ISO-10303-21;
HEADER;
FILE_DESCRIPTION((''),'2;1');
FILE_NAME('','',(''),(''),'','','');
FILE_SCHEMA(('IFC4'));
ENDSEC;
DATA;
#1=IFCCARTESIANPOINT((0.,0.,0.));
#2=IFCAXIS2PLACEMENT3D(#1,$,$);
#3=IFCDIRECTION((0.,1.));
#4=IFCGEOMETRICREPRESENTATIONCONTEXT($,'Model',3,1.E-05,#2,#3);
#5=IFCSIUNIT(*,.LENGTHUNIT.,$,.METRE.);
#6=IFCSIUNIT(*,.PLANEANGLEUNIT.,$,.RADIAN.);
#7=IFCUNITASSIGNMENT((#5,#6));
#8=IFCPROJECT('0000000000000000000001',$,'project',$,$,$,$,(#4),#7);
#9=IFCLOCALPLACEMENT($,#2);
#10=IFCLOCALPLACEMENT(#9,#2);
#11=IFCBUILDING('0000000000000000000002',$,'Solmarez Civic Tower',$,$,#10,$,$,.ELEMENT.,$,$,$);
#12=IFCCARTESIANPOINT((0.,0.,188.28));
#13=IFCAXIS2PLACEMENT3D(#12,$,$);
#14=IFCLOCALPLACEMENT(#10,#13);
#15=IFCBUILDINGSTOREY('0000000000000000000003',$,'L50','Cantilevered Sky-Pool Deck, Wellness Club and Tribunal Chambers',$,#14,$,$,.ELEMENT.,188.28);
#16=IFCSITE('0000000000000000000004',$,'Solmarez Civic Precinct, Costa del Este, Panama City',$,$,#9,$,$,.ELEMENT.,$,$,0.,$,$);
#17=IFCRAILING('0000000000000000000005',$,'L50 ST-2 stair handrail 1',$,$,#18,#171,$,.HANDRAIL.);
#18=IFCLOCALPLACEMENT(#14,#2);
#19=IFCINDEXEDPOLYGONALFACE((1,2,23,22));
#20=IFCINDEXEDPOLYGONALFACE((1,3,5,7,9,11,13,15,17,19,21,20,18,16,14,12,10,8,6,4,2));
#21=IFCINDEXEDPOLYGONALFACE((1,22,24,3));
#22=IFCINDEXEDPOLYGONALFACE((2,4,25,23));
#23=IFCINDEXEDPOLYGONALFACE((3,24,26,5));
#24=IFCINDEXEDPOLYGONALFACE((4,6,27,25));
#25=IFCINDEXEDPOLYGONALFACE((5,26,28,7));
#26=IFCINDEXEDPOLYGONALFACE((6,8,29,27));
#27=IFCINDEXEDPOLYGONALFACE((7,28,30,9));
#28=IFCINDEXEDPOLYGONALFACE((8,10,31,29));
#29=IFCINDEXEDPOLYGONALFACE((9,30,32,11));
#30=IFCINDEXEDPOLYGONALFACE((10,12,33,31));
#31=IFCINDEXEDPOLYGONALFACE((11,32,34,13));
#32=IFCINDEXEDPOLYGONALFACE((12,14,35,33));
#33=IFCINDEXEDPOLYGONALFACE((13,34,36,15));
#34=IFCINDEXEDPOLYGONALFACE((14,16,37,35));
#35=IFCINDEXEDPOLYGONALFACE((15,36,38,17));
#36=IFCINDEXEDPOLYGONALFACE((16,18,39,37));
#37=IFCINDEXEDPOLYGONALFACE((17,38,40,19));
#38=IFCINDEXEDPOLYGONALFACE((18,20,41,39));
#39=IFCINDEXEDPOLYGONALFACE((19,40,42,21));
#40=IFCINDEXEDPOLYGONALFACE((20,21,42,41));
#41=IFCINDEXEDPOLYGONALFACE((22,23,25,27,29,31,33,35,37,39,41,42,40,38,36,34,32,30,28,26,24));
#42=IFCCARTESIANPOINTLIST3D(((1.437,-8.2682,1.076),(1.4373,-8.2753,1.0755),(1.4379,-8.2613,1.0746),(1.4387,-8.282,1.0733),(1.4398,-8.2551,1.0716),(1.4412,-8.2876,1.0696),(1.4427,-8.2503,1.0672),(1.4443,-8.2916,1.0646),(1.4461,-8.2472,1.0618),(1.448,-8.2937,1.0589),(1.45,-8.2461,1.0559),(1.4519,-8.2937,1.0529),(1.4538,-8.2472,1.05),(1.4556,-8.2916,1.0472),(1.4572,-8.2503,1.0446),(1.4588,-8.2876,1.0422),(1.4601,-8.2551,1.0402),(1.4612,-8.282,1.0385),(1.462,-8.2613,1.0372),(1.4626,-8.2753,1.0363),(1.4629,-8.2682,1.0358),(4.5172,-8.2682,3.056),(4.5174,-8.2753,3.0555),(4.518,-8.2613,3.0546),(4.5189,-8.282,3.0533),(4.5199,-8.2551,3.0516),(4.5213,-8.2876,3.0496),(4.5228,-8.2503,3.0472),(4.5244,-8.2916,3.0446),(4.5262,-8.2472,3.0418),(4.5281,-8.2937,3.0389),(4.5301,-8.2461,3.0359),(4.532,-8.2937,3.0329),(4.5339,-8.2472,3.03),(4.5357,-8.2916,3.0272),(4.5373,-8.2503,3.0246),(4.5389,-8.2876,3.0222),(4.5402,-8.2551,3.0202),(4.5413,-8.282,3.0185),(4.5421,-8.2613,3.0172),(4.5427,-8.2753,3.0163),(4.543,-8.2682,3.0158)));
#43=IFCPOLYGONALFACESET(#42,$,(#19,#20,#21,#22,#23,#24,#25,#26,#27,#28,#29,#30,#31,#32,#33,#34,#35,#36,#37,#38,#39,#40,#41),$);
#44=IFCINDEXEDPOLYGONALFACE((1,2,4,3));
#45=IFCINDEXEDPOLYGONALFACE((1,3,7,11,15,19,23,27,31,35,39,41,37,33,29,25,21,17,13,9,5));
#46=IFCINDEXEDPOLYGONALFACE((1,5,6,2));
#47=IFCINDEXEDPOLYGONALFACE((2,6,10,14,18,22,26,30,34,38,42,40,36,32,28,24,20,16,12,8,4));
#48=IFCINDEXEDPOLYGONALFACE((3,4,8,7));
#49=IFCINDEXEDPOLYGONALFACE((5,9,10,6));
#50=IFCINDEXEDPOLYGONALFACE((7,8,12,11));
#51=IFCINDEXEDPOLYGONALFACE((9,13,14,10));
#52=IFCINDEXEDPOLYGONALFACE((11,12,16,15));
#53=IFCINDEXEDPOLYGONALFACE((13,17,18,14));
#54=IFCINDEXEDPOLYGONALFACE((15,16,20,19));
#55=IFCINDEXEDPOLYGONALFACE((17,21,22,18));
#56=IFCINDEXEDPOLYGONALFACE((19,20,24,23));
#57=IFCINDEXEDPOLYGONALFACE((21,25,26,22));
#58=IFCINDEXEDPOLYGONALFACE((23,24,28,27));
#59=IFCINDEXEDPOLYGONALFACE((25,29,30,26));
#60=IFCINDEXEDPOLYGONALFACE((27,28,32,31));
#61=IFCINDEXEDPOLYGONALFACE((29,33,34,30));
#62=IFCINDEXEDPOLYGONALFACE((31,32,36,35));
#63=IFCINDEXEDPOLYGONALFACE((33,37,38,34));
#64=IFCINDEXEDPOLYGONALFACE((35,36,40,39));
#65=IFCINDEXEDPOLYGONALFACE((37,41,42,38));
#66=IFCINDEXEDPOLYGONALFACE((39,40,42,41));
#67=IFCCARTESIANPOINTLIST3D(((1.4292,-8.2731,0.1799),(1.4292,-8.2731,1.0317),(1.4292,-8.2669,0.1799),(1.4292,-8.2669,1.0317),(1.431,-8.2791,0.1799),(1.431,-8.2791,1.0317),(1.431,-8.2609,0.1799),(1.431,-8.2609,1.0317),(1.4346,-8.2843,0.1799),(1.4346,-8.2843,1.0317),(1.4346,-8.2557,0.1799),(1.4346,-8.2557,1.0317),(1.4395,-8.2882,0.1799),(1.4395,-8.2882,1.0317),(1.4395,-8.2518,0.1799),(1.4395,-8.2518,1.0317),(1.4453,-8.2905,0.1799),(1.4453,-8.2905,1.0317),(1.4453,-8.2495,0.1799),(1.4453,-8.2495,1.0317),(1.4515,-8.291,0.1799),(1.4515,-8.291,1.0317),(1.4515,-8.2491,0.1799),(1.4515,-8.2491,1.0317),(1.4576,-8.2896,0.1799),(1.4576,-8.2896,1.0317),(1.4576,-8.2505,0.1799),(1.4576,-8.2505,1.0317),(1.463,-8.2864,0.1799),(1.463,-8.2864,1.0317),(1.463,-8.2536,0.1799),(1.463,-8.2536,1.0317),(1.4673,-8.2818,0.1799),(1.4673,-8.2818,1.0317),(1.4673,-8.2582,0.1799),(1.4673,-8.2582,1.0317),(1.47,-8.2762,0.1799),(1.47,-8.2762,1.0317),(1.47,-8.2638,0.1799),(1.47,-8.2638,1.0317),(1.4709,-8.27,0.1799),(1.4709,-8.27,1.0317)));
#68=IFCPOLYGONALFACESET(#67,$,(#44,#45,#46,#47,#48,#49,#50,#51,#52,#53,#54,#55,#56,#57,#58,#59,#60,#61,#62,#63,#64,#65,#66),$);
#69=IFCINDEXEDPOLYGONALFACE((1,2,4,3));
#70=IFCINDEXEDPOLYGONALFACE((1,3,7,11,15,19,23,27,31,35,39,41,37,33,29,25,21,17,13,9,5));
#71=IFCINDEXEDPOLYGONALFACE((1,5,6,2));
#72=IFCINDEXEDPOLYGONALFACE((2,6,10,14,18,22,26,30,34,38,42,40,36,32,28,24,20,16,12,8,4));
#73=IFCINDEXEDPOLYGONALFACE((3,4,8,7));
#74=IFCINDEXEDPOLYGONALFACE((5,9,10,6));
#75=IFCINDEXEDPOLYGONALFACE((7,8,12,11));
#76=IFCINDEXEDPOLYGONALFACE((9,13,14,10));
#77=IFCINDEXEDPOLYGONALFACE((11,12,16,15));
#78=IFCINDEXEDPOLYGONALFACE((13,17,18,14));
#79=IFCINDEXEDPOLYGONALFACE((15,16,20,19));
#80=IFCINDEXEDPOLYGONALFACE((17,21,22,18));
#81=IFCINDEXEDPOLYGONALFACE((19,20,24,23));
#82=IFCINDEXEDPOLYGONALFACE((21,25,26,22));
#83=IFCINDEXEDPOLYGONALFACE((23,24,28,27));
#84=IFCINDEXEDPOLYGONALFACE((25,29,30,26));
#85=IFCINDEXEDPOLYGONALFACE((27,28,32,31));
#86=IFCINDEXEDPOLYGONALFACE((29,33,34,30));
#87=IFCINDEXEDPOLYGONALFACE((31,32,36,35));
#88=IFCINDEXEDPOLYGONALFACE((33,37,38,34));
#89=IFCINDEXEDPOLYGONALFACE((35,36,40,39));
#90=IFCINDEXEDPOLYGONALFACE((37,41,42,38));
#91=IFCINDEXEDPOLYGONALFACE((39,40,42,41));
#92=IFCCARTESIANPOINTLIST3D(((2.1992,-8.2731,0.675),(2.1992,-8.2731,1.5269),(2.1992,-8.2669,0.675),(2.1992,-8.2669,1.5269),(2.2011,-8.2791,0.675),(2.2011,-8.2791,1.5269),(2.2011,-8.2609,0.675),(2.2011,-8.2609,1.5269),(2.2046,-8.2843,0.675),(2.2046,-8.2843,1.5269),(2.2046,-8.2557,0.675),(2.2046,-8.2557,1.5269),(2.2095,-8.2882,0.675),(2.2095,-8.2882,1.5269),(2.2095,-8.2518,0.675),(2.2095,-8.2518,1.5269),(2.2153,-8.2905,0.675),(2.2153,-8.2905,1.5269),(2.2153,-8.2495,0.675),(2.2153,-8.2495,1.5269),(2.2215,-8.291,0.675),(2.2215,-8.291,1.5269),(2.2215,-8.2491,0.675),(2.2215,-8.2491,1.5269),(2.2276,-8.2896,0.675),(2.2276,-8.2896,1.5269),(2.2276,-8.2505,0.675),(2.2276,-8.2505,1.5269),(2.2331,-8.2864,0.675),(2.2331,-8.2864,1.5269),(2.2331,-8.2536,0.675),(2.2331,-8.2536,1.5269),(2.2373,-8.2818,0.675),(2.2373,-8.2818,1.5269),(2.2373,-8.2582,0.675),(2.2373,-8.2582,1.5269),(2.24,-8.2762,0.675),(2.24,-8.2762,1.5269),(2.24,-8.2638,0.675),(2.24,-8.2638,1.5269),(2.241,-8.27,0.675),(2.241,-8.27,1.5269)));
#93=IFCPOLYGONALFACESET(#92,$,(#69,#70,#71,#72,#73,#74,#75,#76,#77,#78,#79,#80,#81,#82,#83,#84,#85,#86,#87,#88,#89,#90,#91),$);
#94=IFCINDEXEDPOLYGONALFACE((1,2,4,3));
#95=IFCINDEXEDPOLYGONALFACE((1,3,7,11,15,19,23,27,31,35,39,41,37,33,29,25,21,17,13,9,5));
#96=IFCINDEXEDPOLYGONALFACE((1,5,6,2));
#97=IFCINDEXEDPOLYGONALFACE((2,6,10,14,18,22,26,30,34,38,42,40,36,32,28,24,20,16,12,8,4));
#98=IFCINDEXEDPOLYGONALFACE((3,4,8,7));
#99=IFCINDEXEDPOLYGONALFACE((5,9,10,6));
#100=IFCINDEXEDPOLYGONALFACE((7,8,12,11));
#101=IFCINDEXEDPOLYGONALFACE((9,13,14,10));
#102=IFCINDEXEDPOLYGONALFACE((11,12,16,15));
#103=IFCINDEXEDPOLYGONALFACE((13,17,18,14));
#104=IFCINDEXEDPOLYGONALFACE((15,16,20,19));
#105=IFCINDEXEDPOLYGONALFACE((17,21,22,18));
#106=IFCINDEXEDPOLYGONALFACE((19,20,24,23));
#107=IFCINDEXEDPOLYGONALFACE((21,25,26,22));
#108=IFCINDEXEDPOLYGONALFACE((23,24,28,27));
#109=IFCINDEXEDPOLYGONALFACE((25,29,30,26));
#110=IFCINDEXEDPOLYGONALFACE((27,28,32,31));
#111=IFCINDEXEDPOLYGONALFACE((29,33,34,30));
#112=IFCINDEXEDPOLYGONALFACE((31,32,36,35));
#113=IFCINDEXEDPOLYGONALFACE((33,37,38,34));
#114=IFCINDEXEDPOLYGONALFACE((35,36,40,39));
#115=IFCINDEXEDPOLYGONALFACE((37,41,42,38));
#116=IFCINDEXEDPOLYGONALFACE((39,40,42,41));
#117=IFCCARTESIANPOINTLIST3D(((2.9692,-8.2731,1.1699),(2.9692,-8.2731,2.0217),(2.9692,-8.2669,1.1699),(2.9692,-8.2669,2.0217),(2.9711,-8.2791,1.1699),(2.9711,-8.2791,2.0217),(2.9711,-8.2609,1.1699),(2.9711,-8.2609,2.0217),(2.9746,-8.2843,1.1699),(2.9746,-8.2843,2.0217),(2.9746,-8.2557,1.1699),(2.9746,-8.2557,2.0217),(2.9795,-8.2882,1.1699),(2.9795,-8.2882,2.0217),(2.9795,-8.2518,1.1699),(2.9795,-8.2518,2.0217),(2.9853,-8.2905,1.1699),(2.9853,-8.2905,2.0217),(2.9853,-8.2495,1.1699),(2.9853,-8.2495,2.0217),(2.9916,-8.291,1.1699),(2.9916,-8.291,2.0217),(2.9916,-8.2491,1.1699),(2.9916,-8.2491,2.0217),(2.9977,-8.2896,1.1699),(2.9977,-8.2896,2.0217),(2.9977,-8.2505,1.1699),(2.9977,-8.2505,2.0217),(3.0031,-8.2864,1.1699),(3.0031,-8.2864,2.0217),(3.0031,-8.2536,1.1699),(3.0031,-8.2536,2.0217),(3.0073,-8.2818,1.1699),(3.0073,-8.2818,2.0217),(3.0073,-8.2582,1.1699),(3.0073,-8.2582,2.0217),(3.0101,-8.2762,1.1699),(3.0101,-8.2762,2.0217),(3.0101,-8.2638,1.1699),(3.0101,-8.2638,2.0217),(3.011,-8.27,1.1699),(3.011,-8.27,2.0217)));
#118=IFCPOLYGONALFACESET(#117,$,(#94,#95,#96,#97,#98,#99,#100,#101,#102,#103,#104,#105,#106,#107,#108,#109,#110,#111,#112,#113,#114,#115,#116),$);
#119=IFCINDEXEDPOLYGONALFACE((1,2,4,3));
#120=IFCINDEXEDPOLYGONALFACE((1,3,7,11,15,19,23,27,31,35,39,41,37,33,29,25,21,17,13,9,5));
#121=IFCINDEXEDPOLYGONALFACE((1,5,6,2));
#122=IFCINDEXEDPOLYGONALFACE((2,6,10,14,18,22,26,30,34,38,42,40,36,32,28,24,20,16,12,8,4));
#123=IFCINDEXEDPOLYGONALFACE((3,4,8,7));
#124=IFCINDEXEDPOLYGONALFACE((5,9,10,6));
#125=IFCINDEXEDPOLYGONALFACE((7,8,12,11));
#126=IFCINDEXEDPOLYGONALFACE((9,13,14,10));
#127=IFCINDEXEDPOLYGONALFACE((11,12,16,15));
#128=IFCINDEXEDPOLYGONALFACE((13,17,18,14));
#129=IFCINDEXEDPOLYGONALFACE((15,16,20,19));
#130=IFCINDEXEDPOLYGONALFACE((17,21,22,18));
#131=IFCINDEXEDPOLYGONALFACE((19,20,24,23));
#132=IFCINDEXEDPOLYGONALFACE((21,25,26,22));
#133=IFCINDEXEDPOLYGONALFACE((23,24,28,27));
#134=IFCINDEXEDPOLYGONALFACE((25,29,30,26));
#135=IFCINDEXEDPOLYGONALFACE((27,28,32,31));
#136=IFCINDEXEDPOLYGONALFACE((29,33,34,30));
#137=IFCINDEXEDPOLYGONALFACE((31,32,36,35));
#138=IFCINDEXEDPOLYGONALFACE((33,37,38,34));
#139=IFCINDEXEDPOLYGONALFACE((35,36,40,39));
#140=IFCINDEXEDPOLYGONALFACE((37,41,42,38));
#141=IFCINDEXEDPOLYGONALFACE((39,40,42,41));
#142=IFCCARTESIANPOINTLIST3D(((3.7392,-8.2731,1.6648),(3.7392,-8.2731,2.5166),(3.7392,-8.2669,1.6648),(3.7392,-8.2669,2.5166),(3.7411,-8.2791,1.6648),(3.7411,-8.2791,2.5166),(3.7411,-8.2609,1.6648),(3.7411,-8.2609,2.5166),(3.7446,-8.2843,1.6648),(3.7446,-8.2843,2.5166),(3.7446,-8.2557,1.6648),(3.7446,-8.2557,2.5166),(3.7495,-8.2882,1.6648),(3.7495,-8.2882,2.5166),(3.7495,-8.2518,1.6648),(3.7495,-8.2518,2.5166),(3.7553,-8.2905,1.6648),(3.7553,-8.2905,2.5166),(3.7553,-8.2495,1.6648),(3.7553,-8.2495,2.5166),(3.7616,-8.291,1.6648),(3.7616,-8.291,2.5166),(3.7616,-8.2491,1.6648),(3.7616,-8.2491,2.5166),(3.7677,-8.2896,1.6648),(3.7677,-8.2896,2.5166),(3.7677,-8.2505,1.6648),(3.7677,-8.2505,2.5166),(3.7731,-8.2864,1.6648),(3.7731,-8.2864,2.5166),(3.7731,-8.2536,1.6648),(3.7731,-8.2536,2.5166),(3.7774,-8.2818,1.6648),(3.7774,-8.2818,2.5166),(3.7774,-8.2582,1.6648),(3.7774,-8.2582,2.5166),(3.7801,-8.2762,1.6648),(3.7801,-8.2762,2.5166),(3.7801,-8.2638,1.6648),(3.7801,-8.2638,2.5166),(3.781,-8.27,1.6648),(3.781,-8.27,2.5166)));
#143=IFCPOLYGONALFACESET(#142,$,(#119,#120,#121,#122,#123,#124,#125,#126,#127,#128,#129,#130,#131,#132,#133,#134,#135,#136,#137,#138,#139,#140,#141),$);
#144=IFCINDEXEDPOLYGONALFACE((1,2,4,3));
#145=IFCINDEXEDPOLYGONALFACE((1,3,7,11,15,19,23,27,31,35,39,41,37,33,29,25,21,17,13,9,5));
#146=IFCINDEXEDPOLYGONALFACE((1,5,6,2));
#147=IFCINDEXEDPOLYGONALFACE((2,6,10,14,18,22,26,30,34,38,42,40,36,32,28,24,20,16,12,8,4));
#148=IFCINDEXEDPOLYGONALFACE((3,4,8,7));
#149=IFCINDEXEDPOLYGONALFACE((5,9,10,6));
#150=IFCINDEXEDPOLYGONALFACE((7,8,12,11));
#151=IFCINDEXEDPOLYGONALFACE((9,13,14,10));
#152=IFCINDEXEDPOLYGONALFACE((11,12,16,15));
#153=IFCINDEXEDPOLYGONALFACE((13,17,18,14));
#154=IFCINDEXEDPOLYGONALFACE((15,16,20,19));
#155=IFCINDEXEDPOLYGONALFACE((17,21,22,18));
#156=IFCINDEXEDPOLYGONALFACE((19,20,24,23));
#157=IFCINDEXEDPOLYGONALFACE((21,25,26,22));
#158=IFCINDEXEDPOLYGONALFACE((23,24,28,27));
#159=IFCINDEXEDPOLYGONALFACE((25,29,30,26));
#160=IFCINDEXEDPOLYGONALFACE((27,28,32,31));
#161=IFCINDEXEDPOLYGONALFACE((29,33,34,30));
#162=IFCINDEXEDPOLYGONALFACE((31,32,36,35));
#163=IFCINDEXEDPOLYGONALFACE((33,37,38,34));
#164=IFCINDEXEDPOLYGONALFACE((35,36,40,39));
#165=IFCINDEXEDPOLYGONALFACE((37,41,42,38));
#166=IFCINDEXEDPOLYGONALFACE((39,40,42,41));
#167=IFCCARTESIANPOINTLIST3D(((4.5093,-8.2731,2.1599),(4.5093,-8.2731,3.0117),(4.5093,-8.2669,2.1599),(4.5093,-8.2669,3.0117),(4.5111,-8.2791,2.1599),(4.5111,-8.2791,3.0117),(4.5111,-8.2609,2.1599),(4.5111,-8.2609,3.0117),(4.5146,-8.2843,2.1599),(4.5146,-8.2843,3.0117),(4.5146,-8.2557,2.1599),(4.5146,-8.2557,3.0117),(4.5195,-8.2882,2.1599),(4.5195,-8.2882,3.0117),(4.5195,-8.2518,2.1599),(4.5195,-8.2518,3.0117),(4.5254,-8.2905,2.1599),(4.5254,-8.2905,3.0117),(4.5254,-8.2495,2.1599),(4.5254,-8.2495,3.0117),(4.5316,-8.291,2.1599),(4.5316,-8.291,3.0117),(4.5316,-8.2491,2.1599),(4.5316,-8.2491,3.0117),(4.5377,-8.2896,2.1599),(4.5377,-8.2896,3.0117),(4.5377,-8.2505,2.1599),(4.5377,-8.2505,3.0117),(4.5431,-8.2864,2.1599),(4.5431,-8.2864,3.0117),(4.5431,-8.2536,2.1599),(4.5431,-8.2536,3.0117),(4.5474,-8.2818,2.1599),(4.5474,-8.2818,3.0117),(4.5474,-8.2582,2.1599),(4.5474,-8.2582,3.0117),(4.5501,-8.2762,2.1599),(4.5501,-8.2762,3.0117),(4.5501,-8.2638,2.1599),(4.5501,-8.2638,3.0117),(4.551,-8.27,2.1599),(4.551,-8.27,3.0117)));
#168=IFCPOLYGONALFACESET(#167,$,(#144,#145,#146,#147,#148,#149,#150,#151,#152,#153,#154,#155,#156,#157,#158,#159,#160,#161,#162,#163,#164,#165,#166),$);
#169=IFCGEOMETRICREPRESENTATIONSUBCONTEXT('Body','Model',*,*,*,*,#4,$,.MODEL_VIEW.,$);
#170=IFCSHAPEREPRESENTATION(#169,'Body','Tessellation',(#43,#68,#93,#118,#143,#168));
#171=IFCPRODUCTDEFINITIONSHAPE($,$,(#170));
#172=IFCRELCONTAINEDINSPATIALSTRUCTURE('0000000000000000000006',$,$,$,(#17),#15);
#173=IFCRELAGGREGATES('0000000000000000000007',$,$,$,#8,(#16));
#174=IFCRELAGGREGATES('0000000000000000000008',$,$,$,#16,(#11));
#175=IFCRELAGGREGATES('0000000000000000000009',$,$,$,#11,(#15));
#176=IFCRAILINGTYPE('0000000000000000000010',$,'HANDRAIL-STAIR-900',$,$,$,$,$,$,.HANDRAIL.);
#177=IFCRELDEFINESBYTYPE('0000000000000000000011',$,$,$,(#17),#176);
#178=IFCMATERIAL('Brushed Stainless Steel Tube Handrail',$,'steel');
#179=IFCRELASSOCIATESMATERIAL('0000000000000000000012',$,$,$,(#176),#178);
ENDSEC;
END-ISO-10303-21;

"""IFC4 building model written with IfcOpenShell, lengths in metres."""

from ifc_helpers import new_model, si_unit, direction, frame, origin, origin_2d, place, context, subcontext, project, spatial, circle, extrude, material, type_object, element, save


model = new_model("IFC4")

# Units and contexts
model_context = context("Model", 3, precision=1e-05, world=origin(), true_north=direction((0.0, 1.0)))
body_context = subcontext(model_context, "Body", "Model", "MODEL_VIEW")
ifc_project = project(units=[si_unit("LENGTHUNIT", "METRE"), si_unit("PLANEANGLEUNIT", "RADIAN")], contexts=[model_context])

# Site, building, storey
site_placement = place(None, origin())
site = spatial("IfcSite", under=ifc_project, at=site_placement, Name="Solmarez Civic Precinct, Costa del Este, Panama City", CompositionType="ELEMENT", RefElevation=0.0)
building_placement = place(site_placement, origin())
building = spatial("IfcBuilding", under=site, at=building_placement, Name="Solmarez Civic Tower", CompositionType="ELEMENT")
storey_placement = place(building_placement, frame((0.0, 0.0, 188.28)))
storey = spatial("IfcBuildingStorey", under=building, at=storey_placement, Name="L50", Description="Cantilevered Sky-Pool Deck, Wellness Club and Tribunal Chambers", CompositionType="ELEMENT", Elevation=188.28)

# Railing
ifc_material_1 = material(Name="Brushed Stainless Steel Tube Handrail", Category="steel")
railing_type_1 = type_object("IfcRailingType", Name="HANDRAIL-STAIR-900", PredefinedType="HANDRAIL", material=ifc_material_1)
railing_1_placement = place(storey_placement, frame((1.45, -8.27, 0.1799)))
element("IfcRailing", 1, at=railing_1_placement, inside=storey, type_object=railing_type_1, Name="L50 ST-2 stair handrail 1", PredefinedType="HANDRAIL", context=body_context, shape_type="SweptSolid", body=[
    extrude(circle(Radius=0.0239, at=origin_2d()), frame((0.0, 0.0, 0.876), z_axis=(0.841187, 0.0, 0.540744), x_axis=(0.0, 1.0, 0.0)), (0.0, 0.0, 1.0), 3.6616),
    extrude(circle(Radius=0.021, at=origin_2d()), origin(), (0.0, 0.0, 1.0), 0.8518),
    extrude(circle(Radius=0.021, at=origin_2d()), frame((0.77, 0.0, 0.4951)), (0.0, 0.0, 1.0), 0.8518),
    extrude(circle(Radius=0.021, at=origin_2d()), frame((1.54, 0.0, 0.99)), (0.0, 0.0, 1.0), 0.8518),
    extrude(circle(Radius=0.021, at=origin_2d()), frame((2.3101, 0.0, 1.4849)), (0.0, 0.0, 1.0), 0.8518),
    extrude(circle(Radius=0.021, at=origin_2d()), frame((3.0801, 0.0, 1.98)), (0.0, 0.0, 1.0), 0.8518),
])

save(model, "model.ifc")
